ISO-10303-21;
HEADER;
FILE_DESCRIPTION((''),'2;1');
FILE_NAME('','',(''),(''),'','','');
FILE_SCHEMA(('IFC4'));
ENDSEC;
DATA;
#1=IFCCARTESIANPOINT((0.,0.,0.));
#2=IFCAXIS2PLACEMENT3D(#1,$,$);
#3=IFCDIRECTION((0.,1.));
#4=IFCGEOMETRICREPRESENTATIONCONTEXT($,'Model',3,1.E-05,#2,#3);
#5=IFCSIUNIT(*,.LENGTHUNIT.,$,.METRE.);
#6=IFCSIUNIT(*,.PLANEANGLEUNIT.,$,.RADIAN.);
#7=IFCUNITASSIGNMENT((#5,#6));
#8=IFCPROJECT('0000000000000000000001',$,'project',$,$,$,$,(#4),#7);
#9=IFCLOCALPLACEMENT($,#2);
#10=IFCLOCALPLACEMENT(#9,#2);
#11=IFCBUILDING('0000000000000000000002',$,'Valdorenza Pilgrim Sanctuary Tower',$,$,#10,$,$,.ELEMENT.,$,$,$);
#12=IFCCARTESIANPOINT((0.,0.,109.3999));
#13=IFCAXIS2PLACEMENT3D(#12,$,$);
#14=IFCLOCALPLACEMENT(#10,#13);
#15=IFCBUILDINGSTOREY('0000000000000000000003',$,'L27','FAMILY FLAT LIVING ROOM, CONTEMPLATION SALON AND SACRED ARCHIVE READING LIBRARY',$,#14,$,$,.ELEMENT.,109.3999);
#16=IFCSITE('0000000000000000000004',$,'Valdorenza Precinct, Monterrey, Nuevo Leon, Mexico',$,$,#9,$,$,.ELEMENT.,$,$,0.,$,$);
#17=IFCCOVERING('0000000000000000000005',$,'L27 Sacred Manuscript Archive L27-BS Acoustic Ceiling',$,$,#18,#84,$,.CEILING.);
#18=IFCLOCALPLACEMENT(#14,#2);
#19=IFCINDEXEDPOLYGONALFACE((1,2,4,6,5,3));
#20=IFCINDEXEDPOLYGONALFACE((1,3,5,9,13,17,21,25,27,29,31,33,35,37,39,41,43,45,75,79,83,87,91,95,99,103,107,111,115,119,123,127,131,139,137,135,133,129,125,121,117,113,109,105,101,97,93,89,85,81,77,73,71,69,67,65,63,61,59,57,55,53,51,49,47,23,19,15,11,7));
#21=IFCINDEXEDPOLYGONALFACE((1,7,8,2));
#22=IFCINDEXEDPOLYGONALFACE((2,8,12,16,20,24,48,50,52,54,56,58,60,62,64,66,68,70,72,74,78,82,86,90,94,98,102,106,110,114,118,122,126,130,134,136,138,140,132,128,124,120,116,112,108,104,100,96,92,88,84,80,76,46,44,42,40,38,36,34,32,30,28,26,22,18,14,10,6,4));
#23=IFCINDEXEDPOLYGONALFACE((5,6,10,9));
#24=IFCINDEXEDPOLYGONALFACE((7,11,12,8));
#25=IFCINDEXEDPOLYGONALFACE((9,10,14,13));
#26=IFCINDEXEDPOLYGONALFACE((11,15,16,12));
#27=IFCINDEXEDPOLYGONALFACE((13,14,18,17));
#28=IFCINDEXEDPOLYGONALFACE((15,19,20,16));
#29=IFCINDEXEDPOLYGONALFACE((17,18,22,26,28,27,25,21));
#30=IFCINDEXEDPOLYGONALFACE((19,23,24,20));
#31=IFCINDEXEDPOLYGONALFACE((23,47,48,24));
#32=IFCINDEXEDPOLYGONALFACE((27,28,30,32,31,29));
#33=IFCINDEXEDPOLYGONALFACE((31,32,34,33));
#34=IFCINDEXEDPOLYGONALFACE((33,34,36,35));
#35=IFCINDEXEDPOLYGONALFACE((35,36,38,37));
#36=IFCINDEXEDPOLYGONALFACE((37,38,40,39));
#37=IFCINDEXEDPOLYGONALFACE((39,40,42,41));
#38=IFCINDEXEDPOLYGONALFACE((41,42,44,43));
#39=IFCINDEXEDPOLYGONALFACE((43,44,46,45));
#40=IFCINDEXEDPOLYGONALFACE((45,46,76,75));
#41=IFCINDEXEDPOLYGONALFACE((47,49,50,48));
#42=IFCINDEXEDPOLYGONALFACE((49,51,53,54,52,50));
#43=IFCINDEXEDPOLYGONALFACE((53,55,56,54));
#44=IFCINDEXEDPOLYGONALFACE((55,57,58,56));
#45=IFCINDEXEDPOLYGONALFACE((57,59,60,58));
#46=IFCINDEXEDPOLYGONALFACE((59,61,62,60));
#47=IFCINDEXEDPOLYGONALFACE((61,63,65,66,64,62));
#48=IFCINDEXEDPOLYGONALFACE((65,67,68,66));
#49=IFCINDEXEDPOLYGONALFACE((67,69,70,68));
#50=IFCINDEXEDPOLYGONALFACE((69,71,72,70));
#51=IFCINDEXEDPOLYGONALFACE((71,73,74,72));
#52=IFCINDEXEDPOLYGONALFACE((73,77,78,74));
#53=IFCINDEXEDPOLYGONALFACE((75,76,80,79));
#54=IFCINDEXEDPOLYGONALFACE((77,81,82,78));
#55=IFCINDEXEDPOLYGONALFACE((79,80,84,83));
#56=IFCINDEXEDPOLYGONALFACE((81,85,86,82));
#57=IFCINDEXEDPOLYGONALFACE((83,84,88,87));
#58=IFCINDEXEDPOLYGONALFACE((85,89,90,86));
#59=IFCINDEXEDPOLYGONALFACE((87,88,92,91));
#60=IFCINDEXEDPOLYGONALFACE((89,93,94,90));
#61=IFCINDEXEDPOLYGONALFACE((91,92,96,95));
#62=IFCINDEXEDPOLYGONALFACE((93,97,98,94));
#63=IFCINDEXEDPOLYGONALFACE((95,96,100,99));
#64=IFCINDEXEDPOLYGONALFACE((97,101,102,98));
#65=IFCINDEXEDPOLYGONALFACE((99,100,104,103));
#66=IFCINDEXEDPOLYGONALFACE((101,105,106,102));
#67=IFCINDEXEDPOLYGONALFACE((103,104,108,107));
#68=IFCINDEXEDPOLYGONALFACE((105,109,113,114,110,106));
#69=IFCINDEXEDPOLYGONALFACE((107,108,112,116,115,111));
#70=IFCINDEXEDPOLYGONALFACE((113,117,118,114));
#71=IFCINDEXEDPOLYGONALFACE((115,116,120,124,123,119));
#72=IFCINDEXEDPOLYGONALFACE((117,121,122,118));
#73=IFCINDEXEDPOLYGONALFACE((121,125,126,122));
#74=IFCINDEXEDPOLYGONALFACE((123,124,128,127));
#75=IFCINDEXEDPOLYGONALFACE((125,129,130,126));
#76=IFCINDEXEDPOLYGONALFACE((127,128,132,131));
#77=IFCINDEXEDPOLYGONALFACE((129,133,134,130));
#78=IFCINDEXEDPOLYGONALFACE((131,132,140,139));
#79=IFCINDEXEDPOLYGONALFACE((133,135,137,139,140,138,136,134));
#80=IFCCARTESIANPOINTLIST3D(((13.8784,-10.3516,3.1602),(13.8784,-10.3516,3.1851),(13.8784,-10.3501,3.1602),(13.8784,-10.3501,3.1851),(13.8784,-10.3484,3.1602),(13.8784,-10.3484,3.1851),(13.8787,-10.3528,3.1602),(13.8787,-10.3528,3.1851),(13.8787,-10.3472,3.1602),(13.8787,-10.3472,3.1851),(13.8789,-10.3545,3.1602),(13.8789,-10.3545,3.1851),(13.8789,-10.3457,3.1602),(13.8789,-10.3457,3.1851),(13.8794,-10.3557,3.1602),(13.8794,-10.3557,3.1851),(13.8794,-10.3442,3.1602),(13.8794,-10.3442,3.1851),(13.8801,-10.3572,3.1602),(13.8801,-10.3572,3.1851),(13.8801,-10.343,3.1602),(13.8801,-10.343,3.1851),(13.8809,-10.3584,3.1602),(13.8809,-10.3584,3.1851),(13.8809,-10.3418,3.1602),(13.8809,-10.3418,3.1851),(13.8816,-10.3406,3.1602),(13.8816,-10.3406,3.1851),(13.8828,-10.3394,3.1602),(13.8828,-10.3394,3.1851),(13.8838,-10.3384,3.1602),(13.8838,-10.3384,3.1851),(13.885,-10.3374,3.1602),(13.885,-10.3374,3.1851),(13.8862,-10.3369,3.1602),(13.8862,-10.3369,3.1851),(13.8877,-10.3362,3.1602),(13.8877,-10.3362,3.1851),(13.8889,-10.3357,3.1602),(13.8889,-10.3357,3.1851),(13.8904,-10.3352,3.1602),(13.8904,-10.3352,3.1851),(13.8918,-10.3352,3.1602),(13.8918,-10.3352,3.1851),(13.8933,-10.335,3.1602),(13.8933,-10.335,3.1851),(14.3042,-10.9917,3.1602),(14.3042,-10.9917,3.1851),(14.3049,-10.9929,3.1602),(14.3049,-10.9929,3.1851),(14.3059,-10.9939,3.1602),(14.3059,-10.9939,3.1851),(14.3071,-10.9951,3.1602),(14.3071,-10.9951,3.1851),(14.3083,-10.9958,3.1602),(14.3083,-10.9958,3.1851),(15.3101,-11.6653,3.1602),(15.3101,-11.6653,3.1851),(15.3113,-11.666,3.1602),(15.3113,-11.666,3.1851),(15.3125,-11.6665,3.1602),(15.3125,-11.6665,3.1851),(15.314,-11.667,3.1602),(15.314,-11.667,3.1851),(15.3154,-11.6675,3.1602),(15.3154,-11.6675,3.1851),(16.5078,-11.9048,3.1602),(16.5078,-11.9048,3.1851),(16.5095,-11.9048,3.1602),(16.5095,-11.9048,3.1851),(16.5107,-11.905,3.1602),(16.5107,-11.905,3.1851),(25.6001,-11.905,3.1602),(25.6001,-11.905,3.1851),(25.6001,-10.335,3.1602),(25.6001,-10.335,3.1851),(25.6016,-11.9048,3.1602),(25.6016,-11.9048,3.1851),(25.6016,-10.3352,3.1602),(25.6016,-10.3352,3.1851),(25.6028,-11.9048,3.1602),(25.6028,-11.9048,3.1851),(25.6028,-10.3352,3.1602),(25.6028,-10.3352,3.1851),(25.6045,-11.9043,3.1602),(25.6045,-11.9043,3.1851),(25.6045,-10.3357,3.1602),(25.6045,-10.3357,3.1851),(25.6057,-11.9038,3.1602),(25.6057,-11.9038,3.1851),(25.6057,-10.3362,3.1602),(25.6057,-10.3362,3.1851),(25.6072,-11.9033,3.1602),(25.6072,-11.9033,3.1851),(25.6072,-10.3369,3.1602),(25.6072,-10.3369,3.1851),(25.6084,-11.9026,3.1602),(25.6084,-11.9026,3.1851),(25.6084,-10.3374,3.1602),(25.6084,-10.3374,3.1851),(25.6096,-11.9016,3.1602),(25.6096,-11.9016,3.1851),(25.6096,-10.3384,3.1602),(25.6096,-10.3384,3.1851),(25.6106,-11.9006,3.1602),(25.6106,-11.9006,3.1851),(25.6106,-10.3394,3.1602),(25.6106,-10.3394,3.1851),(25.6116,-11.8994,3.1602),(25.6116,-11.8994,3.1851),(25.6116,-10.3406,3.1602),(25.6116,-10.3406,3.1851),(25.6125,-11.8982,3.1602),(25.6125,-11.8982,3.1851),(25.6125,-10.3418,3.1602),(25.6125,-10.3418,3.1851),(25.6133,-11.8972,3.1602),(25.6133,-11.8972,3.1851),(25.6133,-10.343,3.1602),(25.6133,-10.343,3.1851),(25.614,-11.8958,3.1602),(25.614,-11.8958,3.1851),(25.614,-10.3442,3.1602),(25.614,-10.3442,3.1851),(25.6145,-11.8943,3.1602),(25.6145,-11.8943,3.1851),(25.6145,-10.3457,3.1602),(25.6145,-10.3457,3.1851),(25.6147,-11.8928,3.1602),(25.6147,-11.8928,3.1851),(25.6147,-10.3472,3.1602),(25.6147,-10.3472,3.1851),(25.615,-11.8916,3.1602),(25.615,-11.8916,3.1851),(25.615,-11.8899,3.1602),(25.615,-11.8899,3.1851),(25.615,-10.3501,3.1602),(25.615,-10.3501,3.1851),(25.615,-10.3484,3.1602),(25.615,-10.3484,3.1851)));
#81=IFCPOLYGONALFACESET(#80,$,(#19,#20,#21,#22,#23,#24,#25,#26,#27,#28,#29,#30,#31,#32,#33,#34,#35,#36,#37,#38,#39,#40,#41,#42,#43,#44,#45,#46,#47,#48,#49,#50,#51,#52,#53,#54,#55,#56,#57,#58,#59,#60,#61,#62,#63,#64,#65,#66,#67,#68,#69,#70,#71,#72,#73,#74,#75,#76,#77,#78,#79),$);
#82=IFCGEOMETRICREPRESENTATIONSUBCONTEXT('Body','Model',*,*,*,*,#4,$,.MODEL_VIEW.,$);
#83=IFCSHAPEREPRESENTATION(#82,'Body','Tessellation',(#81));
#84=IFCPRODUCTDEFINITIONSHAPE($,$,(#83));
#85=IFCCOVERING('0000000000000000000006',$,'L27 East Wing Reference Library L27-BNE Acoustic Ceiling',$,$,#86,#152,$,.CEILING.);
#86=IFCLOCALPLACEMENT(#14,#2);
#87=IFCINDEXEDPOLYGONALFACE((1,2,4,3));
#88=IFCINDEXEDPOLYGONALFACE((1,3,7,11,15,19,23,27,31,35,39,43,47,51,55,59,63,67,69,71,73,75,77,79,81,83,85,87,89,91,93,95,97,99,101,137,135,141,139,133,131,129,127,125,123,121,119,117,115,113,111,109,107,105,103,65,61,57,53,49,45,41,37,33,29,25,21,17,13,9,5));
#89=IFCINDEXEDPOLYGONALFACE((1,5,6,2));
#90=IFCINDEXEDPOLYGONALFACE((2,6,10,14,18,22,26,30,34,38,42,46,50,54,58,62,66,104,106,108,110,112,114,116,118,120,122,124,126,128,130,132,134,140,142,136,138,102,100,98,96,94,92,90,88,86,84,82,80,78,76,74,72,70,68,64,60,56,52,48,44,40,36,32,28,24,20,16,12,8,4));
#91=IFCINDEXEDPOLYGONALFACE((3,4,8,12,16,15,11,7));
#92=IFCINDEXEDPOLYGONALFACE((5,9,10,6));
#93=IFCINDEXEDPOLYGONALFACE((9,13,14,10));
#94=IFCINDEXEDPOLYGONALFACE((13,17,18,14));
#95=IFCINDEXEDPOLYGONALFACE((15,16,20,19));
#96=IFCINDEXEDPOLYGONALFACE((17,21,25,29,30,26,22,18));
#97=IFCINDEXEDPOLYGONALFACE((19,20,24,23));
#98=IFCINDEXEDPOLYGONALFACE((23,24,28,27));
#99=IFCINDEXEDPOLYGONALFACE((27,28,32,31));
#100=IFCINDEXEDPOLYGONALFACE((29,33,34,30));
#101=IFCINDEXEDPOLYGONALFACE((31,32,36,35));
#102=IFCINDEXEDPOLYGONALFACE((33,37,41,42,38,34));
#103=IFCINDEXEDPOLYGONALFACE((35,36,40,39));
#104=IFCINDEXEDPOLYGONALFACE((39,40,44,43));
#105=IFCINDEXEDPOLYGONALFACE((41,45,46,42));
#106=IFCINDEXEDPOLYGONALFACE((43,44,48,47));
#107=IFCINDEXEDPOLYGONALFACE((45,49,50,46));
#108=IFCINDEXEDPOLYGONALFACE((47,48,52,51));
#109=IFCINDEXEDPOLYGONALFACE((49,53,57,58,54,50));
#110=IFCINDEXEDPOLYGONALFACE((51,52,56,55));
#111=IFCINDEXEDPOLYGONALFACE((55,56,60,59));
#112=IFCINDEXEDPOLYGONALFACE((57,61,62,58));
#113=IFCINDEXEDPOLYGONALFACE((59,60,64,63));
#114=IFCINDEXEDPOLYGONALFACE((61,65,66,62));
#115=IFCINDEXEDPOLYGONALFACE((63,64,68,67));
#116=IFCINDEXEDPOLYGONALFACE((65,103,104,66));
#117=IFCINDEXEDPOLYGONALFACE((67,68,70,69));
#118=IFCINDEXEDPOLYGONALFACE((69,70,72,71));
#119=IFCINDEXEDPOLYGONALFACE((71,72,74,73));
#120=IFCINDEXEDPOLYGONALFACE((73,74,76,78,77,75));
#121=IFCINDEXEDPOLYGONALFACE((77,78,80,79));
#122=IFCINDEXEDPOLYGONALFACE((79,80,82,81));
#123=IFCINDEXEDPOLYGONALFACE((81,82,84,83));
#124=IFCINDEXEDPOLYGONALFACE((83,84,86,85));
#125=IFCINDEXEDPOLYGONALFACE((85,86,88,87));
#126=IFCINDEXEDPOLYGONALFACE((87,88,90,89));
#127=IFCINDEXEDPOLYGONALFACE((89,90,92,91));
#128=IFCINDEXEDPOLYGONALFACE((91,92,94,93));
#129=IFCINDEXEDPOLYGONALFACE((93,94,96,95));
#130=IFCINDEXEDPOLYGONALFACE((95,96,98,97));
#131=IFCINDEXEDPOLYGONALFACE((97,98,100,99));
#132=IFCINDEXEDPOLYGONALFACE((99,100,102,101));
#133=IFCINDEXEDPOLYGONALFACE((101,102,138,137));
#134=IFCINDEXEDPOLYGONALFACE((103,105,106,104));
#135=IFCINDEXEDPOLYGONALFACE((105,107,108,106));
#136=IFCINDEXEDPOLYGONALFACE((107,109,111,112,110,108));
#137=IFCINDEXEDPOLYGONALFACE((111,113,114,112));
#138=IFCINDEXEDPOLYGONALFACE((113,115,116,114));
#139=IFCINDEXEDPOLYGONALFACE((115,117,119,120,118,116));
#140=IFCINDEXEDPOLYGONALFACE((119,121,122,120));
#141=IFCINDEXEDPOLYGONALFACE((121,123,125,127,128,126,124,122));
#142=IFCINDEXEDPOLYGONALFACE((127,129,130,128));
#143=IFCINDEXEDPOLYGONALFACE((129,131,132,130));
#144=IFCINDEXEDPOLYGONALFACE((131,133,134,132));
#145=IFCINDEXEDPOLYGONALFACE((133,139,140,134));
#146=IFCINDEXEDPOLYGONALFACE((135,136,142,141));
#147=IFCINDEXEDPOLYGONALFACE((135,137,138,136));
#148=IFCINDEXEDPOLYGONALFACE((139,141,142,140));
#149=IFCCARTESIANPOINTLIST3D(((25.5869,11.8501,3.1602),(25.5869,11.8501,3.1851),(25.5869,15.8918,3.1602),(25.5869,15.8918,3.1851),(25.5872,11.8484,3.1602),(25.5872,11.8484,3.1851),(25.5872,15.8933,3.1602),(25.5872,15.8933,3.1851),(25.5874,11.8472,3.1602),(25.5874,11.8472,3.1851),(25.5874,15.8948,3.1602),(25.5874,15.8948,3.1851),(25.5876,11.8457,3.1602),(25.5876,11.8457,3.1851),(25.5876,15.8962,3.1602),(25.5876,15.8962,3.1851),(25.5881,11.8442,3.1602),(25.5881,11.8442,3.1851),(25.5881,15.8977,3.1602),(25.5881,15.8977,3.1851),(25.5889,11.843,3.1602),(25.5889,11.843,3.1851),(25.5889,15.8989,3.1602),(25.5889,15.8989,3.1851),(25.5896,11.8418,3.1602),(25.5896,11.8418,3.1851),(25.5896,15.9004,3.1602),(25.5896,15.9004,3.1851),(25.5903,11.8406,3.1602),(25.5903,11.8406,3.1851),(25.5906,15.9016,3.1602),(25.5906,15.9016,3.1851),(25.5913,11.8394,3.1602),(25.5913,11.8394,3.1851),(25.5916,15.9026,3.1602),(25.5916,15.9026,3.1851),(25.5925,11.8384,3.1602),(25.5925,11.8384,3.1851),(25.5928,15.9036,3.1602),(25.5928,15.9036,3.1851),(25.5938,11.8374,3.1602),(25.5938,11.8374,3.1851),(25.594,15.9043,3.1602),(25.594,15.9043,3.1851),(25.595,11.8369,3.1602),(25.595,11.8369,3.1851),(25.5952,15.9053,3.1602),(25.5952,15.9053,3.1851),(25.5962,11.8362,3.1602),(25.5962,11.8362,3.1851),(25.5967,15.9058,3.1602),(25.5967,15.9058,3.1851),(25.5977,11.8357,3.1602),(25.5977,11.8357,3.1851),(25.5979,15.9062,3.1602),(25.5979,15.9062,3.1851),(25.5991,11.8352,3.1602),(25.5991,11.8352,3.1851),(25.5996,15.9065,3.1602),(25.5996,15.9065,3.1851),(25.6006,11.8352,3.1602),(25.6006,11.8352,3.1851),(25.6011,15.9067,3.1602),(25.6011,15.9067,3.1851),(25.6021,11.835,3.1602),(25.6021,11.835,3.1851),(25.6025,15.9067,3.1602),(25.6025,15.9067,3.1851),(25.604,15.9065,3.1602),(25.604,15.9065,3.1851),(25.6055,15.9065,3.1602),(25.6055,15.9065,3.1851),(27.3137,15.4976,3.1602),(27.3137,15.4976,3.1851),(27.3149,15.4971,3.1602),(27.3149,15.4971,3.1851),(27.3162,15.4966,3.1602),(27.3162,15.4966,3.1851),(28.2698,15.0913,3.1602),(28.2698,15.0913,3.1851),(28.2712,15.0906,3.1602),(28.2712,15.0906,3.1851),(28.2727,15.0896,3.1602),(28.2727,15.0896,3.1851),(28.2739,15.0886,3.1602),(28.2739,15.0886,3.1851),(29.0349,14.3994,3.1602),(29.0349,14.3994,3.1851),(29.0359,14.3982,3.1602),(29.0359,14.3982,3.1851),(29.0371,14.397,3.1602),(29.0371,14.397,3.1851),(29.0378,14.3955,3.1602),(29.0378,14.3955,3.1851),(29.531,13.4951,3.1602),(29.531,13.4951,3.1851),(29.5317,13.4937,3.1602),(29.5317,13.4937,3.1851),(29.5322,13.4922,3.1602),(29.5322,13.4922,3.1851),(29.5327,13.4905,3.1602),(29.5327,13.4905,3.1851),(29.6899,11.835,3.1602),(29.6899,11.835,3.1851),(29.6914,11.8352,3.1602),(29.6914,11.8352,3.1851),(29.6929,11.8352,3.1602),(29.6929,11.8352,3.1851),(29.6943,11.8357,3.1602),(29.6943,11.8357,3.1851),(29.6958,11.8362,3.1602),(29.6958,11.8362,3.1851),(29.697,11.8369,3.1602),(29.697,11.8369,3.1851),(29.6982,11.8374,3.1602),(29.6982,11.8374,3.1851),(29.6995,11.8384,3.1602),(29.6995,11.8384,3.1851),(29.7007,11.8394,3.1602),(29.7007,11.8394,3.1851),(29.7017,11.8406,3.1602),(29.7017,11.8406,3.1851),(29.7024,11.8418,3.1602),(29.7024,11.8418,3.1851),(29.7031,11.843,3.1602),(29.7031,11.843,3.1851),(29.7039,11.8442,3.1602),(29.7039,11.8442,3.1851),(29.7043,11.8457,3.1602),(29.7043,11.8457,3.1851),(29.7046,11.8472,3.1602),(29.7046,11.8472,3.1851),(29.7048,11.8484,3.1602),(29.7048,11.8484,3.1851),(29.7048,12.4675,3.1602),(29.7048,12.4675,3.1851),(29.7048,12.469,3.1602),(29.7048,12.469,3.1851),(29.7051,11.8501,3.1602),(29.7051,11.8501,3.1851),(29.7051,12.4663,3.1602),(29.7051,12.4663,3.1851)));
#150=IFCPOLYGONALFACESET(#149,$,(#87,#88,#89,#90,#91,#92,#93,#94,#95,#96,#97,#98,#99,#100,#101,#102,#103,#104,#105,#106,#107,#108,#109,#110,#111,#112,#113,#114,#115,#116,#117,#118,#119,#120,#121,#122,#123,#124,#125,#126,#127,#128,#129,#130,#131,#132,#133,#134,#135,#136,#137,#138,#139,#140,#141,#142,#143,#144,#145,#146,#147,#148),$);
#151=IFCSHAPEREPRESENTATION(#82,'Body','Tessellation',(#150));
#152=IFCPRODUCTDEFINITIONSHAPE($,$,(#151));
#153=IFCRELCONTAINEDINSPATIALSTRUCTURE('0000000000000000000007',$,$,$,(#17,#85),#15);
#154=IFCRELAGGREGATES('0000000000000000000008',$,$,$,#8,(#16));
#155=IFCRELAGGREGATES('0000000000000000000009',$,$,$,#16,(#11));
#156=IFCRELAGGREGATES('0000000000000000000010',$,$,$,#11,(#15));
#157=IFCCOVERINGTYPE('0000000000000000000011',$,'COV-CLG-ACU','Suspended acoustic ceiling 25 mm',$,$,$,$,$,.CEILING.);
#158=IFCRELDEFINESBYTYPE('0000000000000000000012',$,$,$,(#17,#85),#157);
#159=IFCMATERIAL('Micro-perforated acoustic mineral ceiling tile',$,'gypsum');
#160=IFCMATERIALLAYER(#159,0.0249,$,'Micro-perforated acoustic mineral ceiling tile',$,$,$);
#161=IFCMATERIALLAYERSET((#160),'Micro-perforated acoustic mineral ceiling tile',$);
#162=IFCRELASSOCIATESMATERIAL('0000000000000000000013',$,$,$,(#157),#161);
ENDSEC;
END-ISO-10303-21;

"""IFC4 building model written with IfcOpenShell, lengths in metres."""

from ifc_helpers import new_model, si_unit, direction, frame, origin, place, context, subcontext, project, spatial, polyline, outline, extrude, material, layer, layer_set, type_object, element, save


model = new_model("IFC4")

# Units and contexts
model_context = context("Model", 3, precision=1e-05, world=origin(), true_north=direction((0.0, 1.0)))
body_context = subcontext(model_context, "Body", "Model", "MODEL_VIEW")
ifc_project = project(units=[si_unit("LENGTHUNIT", "METRE"), si_unit("PLANEANGLEUNIT", "RADIAN")], contexts=[model_context])

# Site, building, storey
site_placement = place(None, origin())
site = spatial("IfcSite", under=ifc_project, at=site_placement, Name="Valdorenza Precinct, Monterrey, Nuevo Leon, Mexico", CompositionType="ELEMENT", RefElevation=0.0)
building_placement = place(site_placement, origin())
building = spatial("IfcBuilding", under=site, at=building_placement, Name="Valdorenza Pilgrim Sanctuary Tower", CompositionType="ELEMENT")
storey_placement = place(building_placement, frame((0.0, 0.0, 109.3999)))
storey = spatial("IfcBuildingStorey", under=building, at=storey_placement, Name="L27", Description="FAMILY FLAT LIVING ROOM, CONTEMPLATION SALON AND SACRED ARCHIVE READING LIBRARY", CompositionType="ELEMENT", Elevation=109.3999)

# Coverings
ifc_material_1 = material(Name="Micro-perforated acoustic mineral ceiling tile", Category="gypsum")
ifc_layer_1 = layer(ifc_material_1, 0.0249, Name="Micro-perforated acoustic mineral ceiling tile")
ifc_layer_set_1 = layer_set([ifc_layer_1], Name="Micro-perforated acoustic mineral ceiling tile")
covering_type_1 = type_object("IfcCoveringType", Name="COV-CLG-ACU", Description="Suspended acoustic ceiling 25 mm", PredefinedType="CEILING", material=ifc_layer_set_1)
covering_1_placement = place(storey_placement, frame((0.0, 0.0, 3.1602)))
element("IfcCovering", 1, at=covering_1_placement, inside=storey, type_object=covering_type_1, Name="L27 Sacred Manuscript Archive L27-BS Acoustic Ceiling", PredefinedType="CEILING", context=body_context, shape_type="SweptSolid", body=[
    extrude(outline(polyline([(25.615, -11.8899), (25.615, -11.8916), (25.6147, -11.8928), (25.6145, -11.8943), (25.614, -11.8958), (25.6133, -11.8972), (25.6125, -11.8982), (25.6116, -11.8994), (25.6106, -11.9006), (25.6096, -11.9016), (25.6084, -11.9026), (25.6072, -11.9033), (25.6057, -11.9038), (25.6045, -11.9043), (25.6028, -11.9048), (25.6016, -11.9048), (25.6001, -11.905), (16.5107, -11.905), (16.5095, -11.9048), (16.5078, -11.9048), (15.3154, -11.6675), (15.314, -11.667), (15.3125, -11.6665), (15.3113, -11.666), (15.3101, -11.6653), (14.3083, -10.9958), (14.3071, -10.9951), (14.3059, -10.9939), (14.3049, -10.9929), (14.3042, -10.9917), (13.8809, -10.3584), (13.8801, -10.3572), (13.8794, -10.3557), (13.8789, -10.3545), (13.8787, -10.3528), (13.8784, -10.3516), (13.8784, -10.3501), (13.8784, -10.3484), (13.8787, -10.3472), (13.8789, -10.3457), (13.8794, -10.3442), (13.8801, -10.343), (13.8809, -10.3418), (13.8816, -10.3406), (13.8828, -10.3394), (13.8838, -10.3384), (13.885, -10.3374), (13.8862, -10.3369), (13.8877, -10.3362), (13.8889, -10.3357), (13.8904, -10.3352), (13.8918, -10.3352), (13.8933, -10.335), (25.6001, -10.335), (25.6016, -10.3352), (25.6028, -10.3352), (25.6045, -10.3357), (25.6057, -10.3362), (25.6072, -10.3369), (25.6084, -10.3374), (25.6096, -10.3384), (25.6106, -10.3394), (25.6116, -10.3406), (25.6125, -10.3418), (25.6133, -10.343), (25.614, -10.3442), (25.6145, -10.3457), (25.6147, -10.3472), (25.615, -10.3484), (25.615, -10.3501), (25.615, -11.8899)])), origin(), (0.0, 0.0, 1.0), 0.0249),
])
covering_2_placement = place(storey_placement, frame((0.0, 0.0, 3.1602)))
element("IfcCovering", 2, at=covering_2_placement, inside=storey, type_object=covering_type_1, Name="L27 East Wing Reference Library L27-BNE Acoustic Ceiling", PredefinedType="CEILING", context=body_context, shape_type="SweptSolid", body=[
    extrude(outline(polyline([(27.3137, 15.4976), (27.3149, 15.4971), (27.3162, 15.4966), (28.2698, 15.0913), (28.2712, 15.0906), (28.2727, 15.0896), (28.2739, 15.0886), (29.0349, 14.3994), (29.0359, 14.3982), (29.0371, 14.397), (29.0378, 14.3955), (29.531, 13.4951), (29.5317, 13.4937), (29.5322, 13.4922), (29.5327, 13.4905), (29.7048, 12.469), (29.7048, 12.4675), (29.7051, 12.4663), (29.7051, 11.8501), (29.7048, 11.8484), (29.7046, 11.8472), (29.7043, 11.8457), (29.7039, 11.8442), (29.7031, 11.843), (29.7024, 11.8418), (29.7017, 11.8406), (29.7007, 11.8394), (29.6995, 11.8384), (29.6982, 11.8374), (29.697, 11.8369), (29.6958, 11.8362), (29.6943, 11.8357), (29.6929, 11.8352), (29.6914, 11.8352), (29.6899, 11.835), (25.6021, 11.835), (25.6006, 11.8352), (25.5991, 11.8352), (25.5977, 11.8357), (25.5962, 11.8362), (25.595, 11.8369), (25.5938, 11.8374), (25.5925, 11.8384), (25.5913, 11.8394), (25.5903, 11.8406), (25.5896, 11.8418), (25.5889, 11.843), (25.5881, 11.8442), (25.5876, 11.8457), (25.5874, 11.8472), (25.5872, 11.8484), (25.5869, 11.8501), (25.5869, 15.8918), (25.5872, 15.8933), (25.5874, 15.8948), (25.5876, 15.8962), (25.5881, 15.8977), (25.5889, 15.8989), (25.5896, 15.9004), (25.5906, 15.9016), (25.5916, 15.9026), (25.5928, 15.9036), (25.594, 15.9043), (25.5952, 15.9053), (25.5967, 15.9058), (25.5979, 15.9062), (25.5996, 15.9065), (25.6011, 15.9067), (25.6025, 15.9067), (25.604, 15.9065), (25.6055, 15.9065), (27.3137, 15.4976)])), origin(), (0.0, 0.0, 1.0), 0.0249),
])

save(model, "model.ifc")
